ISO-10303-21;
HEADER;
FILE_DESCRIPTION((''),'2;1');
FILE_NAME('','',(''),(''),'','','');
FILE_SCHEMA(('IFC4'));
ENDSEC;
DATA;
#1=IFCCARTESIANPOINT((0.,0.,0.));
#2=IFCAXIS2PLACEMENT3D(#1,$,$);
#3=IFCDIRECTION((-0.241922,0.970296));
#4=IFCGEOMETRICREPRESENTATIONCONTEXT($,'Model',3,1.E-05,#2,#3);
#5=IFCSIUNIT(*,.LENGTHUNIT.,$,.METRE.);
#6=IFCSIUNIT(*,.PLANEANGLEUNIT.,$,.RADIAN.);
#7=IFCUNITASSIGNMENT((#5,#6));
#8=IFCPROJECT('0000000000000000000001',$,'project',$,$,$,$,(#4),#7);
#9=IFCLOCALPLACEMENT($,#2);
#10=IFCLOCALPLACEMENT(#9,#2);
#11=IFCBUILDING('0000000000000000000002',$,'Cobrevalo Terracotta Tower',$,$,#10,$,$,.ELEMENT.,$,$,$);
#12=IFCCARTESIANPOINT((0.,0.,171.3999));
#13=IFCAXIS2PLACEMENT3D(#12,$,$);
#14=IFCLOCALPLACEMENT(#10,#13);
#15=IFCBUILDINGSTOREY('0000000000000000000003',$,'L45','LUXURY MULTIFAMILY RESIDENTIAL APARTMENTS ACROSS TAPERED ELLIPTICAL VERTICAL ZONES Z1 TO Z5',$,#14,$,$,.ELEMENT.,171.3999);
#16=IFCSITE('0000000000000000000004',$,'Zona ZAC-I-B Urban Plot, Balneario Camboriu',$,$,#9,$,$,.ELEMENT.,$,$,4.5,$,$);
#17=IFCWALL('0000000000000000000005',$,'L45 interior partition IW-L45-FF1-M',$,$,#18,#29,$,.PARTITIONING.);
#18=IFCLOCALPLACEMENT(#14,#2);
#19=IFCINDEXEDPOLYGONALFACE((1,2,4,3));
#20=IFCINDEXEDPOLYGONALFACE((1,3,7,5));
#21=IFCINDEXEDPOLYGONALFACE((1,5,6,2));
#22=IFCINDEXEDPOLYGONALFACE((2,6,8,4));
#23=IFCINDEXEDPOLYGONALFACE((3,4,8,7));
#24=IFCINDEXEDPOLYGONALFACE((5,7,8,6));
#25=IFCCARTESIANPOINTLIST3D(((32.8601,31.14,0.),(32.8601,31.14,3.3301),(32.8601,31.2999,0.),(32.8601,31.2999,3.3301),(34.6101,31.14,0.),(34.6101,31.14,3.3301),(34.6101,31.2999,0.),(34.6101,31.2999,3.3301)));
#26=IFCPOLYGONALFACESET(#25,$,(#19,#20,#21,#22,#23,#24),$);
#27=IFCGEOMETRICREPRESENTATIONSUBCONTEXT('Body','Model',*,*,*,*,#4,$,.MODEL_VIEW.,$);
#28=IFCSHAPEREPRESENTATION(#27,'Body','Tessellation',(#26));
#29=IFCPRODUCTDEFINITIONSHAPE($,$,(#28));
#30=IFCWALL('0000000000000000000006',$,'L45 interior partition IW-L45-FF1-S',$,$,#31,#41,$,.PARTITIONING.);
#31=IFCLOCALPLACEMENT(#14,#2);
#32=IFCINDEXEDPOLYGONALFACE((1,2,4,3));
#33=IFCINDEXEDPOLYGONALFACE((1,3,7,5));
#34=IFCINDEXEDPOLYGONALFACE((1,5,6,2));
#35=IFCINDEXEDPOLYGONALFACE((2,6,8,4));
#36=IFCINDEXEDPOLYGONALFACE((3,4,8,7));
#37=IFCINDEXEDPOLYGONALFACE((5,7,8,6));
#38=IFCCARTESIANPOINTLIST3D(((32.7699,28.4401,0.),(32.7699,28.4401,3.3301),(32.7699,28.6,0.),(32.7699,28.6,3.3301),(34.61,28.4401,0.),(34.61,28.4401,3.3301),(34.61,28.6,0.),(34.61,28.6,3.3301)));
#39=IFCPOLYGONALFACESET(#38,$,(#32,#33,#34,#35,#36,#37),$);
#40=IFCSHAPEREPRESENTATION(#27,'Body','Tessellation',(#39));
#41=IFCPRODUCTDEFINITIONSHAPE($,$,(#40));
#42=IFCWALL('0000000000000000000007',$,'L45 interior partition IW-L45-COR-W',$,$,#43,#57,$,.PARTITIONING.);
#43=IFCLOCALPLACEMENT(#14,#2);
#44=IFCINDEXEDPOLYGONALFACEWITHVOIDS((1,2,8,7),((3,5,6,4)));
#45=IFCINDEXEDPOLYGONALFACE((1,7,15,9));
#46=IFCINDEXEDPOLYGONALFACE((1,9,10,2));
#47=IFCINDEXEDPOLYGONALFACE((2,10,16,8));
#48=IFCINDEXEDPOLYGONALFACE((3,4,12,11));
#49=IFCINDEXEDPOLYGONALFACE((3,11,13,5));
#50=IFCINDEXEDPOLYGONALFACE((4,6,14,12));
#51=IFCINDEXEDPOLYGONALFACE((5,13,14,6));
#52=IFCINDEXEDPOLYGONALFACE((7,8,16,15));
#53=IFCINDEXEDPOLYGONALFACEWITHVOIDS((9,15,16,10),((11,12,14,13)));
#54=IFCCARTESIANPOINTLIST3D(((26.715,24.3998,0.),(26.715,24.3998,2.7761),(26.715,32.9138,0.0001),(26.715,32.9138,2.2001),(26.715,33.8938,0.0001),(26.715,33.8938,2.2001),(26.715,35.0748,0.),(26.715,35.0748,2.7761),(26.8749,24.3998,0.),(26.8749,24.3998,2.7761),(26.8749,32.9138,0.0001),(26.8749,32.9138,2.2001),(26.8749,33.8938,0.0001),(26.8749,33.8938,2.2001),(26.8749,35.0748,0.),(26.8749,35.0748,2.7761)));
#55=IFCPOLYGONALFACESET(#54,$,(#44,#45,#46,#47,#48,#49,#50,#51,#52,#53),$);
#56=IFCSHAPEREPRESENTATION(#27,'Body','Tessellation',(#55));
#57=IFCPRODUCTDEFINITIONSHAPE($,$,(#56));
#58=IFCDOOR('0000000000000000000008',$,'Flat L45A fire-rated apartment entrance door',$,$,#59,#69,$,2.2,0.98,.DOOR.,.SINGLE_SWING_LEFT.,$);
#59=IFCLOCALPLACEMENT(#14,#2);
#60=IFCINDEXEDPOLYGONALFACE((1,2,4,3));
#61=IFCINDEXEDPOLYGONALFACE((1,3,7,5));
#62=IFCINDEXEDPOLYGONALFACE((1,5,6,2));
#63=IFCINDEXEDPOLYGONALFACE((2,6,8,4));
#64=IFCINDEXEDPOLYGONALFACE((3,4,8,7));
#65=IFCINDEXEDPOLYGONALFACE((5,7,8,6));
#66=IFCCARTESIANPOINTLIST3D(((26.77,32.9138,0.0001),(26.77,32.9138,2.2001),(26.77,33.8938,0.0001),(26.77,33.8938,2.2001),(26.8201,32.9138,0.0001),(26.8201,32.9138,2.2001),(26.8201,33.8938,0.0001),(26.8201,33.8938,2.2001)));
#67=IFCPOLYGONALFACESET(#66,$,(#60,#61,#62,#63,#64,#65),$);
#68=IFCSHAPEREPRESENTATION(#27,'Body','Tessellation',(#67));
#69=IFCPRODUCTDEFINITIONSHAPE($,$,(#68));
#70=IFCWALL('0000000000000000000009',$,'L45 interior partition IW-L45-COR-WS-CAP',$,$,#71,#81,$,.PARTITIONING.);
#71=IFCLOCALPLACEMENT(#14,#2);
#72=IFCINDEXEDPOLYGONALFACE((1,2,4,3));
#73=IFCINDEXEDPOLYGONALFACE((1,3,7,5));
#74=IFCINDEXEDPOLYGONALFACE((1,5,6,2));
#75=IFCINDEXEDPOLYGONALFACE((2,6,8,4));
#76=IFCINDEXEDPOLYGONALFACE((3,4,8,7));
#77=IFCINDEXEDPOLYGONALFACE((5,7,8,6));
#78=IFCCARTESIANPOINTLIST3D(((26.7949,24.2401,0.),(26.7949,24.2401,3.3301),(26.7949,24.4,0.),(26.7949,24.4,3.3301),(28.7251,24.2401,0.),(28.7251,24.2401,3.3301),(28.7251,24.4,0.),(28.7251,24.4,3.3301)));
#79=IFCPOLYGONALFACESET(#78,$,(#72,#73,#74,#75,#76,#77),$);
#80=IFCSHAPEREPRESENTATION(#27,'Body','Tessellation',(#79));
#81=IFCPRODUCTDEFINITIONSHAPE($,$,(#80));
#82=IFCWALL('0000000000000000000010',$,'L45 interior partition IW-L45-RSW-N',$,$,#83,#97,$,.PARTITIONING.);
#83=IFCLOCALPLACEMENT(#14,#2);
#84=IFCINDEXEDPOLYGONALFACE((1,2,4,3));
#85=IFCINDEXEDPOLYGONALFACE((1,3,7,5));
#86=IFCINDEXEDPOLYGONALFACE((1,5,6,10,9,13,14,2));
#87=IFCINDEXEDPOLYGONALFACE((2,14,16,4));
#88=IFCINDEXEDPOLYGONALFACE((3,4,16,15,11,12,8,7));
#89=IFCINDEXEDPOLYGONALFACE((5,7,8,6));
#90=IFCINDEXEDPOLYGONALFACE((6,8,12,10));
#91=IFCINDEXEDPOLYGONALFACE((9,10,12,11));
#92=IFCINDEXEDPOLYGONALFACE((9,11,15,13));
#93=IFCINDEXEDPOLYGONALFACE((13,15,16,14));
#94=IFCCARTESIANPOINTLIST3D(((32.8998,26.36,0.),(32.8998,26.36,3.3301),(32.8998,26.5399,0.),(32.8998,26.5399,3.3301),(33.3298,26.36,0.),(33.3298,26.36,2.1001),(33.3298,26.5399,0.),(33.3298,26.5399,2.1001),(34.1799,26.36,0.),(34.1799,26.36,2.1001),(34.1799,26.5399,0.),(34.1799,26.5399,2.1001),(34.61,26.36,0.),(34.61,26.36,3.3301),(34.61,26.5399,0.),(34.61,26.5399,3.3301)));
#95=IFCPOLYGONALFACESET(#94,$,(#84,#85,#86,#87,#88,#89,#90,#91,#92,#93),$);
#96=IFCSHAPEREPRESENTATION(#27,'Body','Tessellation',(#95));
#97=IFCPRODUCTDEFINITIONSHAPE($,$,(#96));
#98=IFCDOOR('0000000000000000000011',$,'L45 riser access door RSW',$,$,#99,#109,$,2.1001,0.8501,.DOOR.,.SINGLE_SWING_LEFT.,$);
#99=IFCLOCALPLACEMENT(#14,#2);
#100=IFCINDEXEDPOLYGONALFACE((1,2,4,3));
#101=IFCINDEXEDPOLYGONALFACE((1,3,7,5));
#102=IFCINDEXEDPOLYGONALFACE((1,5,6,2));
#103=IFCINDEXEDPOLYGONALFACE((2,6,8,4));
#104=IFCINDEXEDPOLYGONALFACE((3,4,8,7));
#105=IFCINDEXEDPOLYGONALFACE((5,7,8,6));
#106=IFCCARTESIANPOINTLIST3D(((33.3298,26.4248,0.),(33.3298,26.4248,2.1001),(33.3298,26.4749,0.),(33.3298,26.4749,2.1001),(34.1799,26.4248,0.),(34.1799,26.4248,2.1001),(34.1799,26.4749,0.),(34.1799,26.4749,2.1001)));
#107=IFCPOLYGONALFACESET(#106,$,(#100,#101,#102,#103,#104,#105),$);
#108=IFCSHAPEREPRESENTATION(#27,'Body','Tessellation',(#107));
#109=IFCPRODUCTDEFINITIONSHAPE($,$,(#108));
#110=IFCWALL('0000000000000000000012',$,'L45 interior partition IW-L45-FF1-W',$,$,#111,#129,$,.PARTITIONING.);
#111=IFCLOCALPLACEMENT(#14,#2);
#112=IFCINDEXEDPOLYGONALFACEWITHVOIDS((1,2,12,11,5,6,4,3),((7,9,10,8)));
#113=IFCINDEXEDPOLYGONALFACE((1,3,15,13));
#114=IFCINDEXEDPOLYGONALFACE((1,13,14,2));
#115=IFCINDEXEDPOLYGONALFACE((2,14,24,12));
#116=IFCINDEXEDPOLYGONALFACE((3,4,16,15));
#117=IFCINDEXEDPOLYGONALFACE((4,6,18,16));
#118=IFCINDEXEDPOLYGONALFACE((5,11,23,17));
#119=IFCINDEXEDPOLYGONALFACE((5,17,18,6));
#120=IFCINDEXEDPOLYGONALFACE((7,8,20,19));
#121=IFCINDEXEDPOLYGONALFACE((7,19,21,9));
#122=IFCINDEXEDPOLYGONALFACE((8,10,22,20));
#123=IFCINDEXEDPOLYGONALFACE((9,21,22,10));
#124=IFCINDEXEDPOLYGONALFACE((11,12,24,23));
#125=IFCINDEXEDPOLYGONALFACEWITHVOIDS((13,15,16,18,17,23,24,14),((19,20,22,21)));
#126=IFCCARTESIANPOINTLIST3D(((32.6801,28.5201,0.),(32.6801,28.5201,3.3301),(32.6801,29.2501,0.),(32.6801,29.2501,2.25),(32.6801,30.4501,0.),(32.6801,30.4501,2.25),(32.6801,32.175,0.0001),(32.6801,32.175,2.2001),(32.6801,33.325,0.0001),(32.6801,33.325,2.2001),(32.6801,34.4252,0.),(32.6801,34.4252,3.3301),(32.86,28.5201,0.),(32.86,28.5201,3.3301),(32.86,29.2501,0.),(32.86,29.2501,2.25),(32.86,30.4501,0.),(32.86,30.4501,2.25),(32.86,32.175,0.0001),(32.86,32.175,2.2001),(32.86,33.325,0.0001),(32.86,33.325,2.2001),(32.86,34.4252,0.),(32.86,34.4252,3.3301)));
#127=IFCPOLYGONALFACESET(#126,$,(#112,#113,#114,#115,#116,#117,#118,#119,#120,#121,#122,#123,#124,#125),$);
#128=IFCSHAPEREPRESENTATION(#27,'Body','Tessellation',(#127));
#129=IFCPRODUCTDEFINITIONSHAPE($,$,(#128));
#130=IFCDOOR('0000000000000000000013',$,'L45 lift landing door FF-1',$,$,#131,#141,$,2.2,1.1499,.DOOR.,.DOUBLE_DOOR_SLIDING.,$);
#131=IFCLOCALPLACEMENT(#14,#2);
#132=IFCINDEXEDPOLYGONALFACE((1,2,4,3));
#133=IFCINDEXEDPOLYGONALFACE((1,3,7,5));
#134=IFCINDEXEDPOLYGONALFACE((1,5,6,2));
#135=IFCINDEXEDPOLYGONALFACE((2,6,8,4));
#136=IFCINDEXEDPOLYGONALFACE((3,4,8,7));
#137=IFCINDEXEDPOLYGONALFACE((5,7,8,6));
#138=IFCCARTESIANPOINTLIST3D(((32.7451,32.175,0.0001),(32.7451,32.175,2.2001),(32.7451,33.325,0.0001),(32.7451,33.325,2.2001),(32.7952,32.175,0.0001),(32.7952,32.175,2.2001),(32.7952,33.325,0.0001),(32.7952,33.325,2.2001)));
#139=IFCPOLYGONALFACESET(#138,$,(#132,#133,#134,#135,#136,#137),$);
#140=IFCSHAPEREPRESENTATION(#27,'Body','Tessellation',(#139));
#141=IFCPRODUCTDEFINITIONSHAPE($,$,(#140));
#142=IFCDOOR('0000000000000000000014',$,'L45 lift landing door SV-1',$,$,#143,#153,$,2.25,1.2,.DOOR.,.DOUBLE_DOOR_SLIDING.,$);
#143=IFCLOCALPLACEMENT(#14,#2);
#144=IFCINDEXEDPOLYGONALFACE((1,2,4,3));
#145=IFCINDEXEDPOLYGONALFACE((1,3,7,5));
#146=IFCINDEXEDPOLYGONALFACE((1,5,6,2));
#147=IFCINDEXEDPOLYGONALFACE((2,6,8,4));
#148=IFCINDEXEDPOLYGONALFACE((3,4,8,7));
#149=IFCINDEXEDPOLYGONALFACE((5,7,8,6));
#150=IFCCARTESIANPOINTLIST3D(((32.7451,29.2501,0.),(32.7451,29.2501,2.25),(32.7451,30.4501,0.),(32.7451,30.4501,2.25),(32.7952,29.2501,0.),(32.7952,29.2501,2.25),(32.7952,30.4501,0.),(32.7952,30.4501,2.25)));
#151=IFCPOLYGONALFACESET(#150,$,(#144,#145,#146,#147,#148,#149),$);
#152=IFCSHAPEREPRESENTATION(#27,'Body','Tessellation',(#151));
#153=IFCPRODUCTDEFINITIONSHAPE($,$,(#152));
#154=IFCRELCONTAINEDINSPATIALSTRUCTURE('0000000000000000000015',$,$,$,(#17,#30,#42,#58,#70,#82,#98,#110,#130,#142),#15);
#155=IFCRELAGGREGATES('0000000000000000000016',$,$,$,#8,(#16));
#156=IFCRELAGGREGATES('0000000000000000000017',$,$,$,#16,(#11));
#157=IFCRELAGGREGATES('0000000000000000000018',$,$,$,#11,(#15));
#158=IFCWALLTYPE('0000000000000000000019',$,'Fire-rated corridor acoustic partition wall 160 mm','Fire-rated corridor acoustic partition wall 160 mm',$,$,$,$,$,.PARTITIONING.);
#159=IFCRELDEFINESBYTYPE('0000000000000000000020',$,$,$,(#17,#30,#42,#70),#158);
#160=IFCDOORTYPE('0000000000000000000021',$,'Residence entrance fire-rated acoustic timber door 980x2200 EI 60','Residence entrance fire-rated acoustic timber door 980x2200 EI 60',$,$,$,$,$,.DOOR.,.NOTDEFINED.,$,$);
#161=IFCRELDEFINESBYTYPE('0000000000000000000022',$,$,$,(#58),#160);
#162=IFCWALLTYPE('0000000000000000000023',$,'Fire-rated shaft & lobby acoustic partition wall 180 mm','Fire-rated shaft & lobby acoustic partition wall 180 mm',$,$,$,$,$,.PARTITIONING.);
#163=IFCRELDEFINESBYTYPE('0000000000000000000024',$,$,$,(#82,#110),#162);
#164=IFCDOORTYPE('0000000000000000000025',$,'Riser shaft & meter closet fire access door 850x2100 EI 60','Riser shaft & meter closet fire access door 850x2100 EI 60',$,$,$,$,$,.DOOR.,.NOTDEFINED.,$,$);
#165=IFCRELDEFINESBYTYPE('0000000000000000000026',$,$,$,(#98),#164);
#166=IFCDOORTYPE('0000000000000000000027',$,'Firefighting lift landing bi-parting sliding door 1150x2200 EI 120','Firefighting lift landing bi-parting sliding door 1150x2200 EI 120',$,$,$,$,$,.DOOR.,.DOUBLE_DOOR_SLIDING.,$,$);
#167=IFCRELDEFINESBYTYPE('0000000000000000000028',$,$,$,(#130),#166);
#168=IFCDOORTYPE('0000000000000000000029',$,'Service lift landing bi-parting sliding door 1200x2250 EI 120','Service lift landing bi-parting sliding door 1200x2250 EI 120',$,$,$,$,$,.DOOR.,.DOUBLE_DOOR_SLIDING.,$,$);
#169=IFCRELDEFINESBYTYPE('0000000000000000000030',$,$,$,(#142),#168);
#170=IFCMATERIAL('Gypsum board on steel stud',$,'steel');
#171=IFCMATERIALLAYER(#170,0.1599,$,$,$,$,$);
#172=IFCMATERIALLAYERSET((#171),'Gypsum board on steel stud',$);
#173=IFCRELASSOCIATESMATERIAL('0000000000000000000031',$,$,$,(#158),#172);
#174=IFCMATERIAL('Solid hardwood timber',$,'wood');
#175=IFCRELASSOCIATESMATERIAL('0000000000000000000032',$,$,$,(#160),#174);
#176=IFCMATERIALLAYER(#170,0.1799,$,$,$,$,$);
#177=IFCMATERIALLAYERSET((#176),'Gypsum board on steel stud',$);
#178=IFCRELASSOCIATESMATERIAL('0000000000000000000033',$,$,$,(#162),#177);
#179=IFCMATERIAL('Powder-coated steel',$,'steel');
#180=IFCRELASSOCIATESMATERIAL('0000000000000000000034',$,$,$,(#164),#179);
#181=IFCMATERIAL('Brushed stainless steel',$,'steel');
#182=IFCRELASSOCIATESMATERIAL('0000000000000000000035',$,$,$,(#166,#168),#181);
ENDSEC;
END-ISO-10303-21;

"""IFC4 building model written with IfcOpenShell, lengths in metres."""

from ifc_helpers import new_model, si_unit, direction, frame, frame_2d, origin, place, context, subcontext, project, spatial, rectangle, extrude, source, transform, mapped, material, layer, layer_set, type_object, element, fill, save


model = new_model("IFC4")

# Units and contexts
model_context = context("Model", 3, precision=1e-05, world=origin(), true_north=direction((-0.241922, 0.970296)))
body_context = subcontext(model_context, "Body", "Model", "MODEL_VIEW")
ifc_project = project(units=[si_unit("LENGTHUNIT", "METRE"), si_unit("PLANEANGLEUNIT", "RADIAN")], contexts=[model_context])

# Site, building, storey
site_placement = place(None, origin())
site = spatial("IfcSite", under=ifc_project, at=site_placement, Name="Zona ZAC-I-B Urban Plot, Balneario Camboriu", CompositionType="ELEMENT", RefElevation=4.5)
building_placement = place(site_placement, origin())
building = spatial("IfcBuilding", under=site, at=building_placement, Name="Cobrevalo Terracotta Tower", CompositionType="ELEMENT")
storey_placement = place(building_placement, frame((0.0, 0.0, 171.3999)))
storey = spatial("IfcBuildingStorey", under=building, at=storey_placement, Name="L45", Description="LUXURY MULTIFAMILY RESIDENTIAL APARTMENTS ACROSS TAPERED ELLIPTICAL VERTICAL ZONES Z1 TO Z5", CompositionType="ELEMENT", Elevation=171.3999)

# Walls
ifc_material_1 = material(Name="Gypsum board on steel stud", Category="steel")
ifc_layer_1 = layer(ifc_material_1, 0.1599)
ifc_layer_set_1 = layer_set([ifc_layer_1], Name="Gypsum board on steel stud")
wall_type_1 = type_object("IfcWallType", Name="Fire-rated corridor acoustic partition wall 160 mm", Description="Fire-rated corridor acoustic partition wall 160 mm", PredefinedType="PARTITIONING", material=ifc_layer_set_1)
wall_1_placement = place(storey_placement, frame((32.8601, 31.22, 0.0), z_axis=(0.0, 0.0, 1.0), x_axis=(1.0, 0.0, 0.0)))
element("IfcWall", 1, at=wall_1_placement, inside=storey, type_object=wall_type_1, Name="L45 interior partition IW-L45-FF1-M", PredefinedType="PARTITIONING", context=body_context, shape_type="SweptSolid", body=[
    extrude(rectangle(XDim=1.75, YDim=0.1599, at=frame_2d((0.875, 0.0))), origin(), (0.0, 0.0, 1.0), 3.3301),
])
wall_2_placement = place(storey_placement, frame((32.77, 28.52, 0.0), z_axis=(0.0, 0.0, 1.0), x_axis=(1.0, 0.0, 0.0)))
element("IfcWall", 2, at=wall_2_placement, inside=storey, type_object=wall_type_1, Name="L45 interior partition IW-L45-FF1-S", PredefinedType="PARTITIONING", context=body_context, shape_type="SweptSolid", body=[
    extrude(rectangle(XDim=1.8401, YDim=0.1599, at=frame_2d((0.9199, 0.0))), origin(), (0.0, 0.0, 1.0), 3.3301),
])

# Wall, opening, door
wall_3_placement = place(storey_placement, frame((26.7949, 24.3999, 0.0), z_axis=(0.0, 0.0, 1.0), x_axis=(0.0, 1.0, 0.0)))
wall_3 = element("IfcWall", 3, at=wall_3_placement, inside=storey, type_object=wall_type_1, Name="L45 interior partition IW-L45-COR-W", PredefinedType="PARTITIONING", context=body_context, shape_type="SweptSolid", body=[
    extrude(rectangle(XDim=10.675, YDim=0.1599, at=frame_2d((5.3374, 0.0))), origin(), (0.0, 0.0, 1.0), 2.7761),
])
opening_1_placement = place(wall_3_placement, frame((8.5139, 0.0, 0.0)))
opening_1 = element("IfcOpeningElement", 4, at=opening_1_placement, cuts=wall_3, PredefinedType="OPENING", context=body_context, shape_type="SweptSolid", body=[
    extrude(rectangle(XDim=0.98, YDim=2.2, at=frame_2d((0.49, 1.1001))), frame((0.0, 0.0898, 0.0), z_axis=(0.0, -1.0, 0.0), x_axis=(1.0, 0.0, 0.0)), (0.0, 0.0, 1.0), 0.1799),
])
ifc_material_2 = material(Name="Solid hardwood timber", Category="wood")
door_type_1 = type_object("IfcDoorType", Name="Residence entrance fire-rated acoustic timber door 980x2200 EI 60", Description="Residence entrance fire-rated acoustic timber door 980x2200 EI 60", OperationType="NOTDEFINED", PredefinedType="DOOR", material=ifc_material_2)
shared_shape_1 = source(origin(), body_context, "Body", "SweptSolid", [
    extrude(rectangle(XDim=0.98, YDim=2.2, at=frame_2d((0.49, 1.1001))), frame((0.0, 0.0249, 0.0), z_axis=(0.0, -1.0, 0.0), x_axis=(1.0, 0.0, 0.0)), (0.0, 0.0, 1.0), 0.05),
])
door_1_placement = place(opening_1_placement, origin())
door_1 = element("IfcDoor", 5, at=door_1_placement, inside=storey, type_object=door_type_1, Name="Flat L45A fire-rated apartment entrance door", OperationType="SINGLE_SWING_LEFT", OverallHeight=2.2, OverallWidth=0.98, PredefinedType="DOOR", context=body_context, shape_type="MappedRepresentation", body=[
    mapped(shared_shape_1, transform((0.0, 0.0, 0.0), scale=1.0)),
])
fill(opening_1, door_1)

# Wall
wall_4_placement = place(storey_placement, frame((26.7949, 24.3201, 0.0), z_axis=(0.0, 0.0, 1.0), x_axis=(1.0, 0.0, 0.0)))
element("IfcWall", 6, at=wall_4_placement, inside=storey, type_object=wall_type_1, Name="L45 interior partition IW-L45-COR-WS-CAP", PredefinedType="PARTITIONING", context=body_context, shape_type="SweptSolid", body=[
    extrude(rectangle(XDim=1.9302, YDim=0.1599, at=frame_2d((0.9651, 0.0))), origin(), (0.0, 0.0, 1.0), 3.3301),
])

# Wall, opening, door
ifc_layer_2 = layer(ifc_material_1, 0.1799)
ifc_layer_set_2 = layer_set([ifc_layer_2], Name="Gypsum board on steel stud")
wall_type_2 = type_object("IfcWallType", Name="Fire-rated shaft & lobby acoustic partition wall 180 mm", Description="Fire-rated shaft & lobby acoustic partition wall 180 mm", PredefinedType="PARTITIONING", material=ifc_layer_set_2)
wall_5_placement = place(storey_placement, frame((32.8999, 26.45, 0.0), z_axis=(0.0, 0.0, 1.0), x_axis=(1.0, 0.0, 0.0)))
wall_5 = element("IfcWall", 7, at=wall_5_placement, inside=storey, type_object=wall_type_2, Name="L45 interior partition IW-L45-RSW-N", PredefinedType="PARTITIONING", context=body_context, shape_type="SweptSolid", body=[
    extrude(rectangle(XDim=1.7102, YDim=0.1799, at=frame_2d((0.855, 0.0))), origin(), (0.0, 0.0, 1.0), 3.3301),
])
opening_2_placement = place(wall_5_placement, frame((0.4299, 0.0, 0.0)))
opening_2 = element("IfcOpeningElement", 8, at=opening_2_placement, cuts=wall_5, PredefinedType="OPENING", context=body_context, shape_type="SweptSolid", body=[
    extrude(rectangle(XDim=0.8501, YDim=2.1001, at=frame_2d((0.425, 1.05))), frame((0.0, 0.1001, 0.0), z_axis=(0.0, -1.0, 0.0), x_axis=(1.0, 0.0, 0.0)), (0.0, 0.0, 1.0), 0.2),
])
ifc_material_3 = material(Name="Powder-coated steel", Category="steel")
door_type_2 = type_object("IfcDoorType", Name="Riser shaft & meter closet fire access door 850x2100 EI 60", Description="Riser shaft & meter closet fire access door 850x2100 EI 60", OperationType="NOTDEFINED", PredefinedType="DOOR", material=ifc_material_3)
shared_shape_2 = source(origin(), body_context, "Body", "SweptSolid", [
    extrude(rectangle(XDim=0.8501, YDim=2.1001, at=frame_2d((0.425, 1.05))), frame((0.0, 0.0249, 0.0), z_axis=(0.0, -1.0, 0.0), x_axis=(1.0, 0.0, 0.0)), (0.0, 0.0, 1.0), 0.05),
])
door_2_placement = place(opening_2_placement, origin())
door_2 = element("IfcDoor", 9, at=door_2_placement, inside=storey, type_object=door_type_2, Name="L45 riser access door RSW", OperationType="SINGLE_SWING_LEFT", OverallHeight=2.1001, OverallWidth=0.8501, PredefinedType="DOOR", context=body_context, shape_type="MappedRepresentation", body=[
    mapped(shared_shape_2, transform((0.0, 0.0, 0.0), scale=1.0)),
])
fill(opening_2, door_2)

# Wall, openings, doors
wall_6_placement = place(storey_placement, frame((32.77, 28.52, 0.0), z_axis=(0.0, 0.0, 1.0), x_axis=(0.0, 1.0, 0.0)))
wall_6 = element("IfcWall", 10, at=wall_6_placement, inside=storey, type_object=wall_type_2, Name="L45 interior partition IW-L45-FF1-W", PredefinedType="PARTITIONING", context=body_context, shape_type="SweptSolid", body=[
    extrude(rectangle(XDim=5.905, YDim=0.1799, at=frame_2d((2.9526, 0.0))), origin(), (0.0, 0.0, 1.0), 3.3301),
])
opening_3_placement = place(wall_6_placement, frame((3.655, 0.0, 0.0)))
opening_3 = element("IfcOpeningElement", 11, at=opening_3_placement, cuts=wall_6, PredefinedType="OPENING", context=body_context, shape_type="SweptSolid", body=[
    extrude(rectangle(XDim=1.1499, YDim=2.2, at=frame_2d((0.575, 1.1001))), frame((0.0, 0.1001, 0.0), z_axis=(0.0, -1.0, 0.0), x_axis=(1.0, 0.0, 0.0)), (0.0, 0.0, 1.0), 0.2),
])
opening_4_placement = place(wall_6_placement, frame((0.73, 0.0, 0.0)))
opening_4 = element("IfcOpeningElement", 12, at=opening_4_placement, cuts=wall_6, PredefinedType="OPENING", context=body_context, shape_type="SweptSolid", body=[
    extrude(rectangle(XDim=1.2, YDim=2.25, at=frame_2d((0.6001, 1.125))), frame((0.0, 0.1001, 0.0), z_axis=(0.0, -1.0, 0.0), x_axis=(1.0, 0.0, 0.0)), (0.0, 0.0, 1.0), 0.2),
])
ifc_material_4 = material(Name="Brushed stainless steel", Category="steel")
door_type_3 = type_object("IfcDoorType", Name="Firefighting lift landing bi-parting sliding door 1150x2200 EI 120", Description="Firefighting lift landing bi-parting sliding door 1150x2200 EI 120", OperationType="DOUBLE_DOOR_SLIDING", PredefinedType="DOOR", material=ifc_material_4)
shared_shape_3 = source(origin(), body_context, "Body", "SweptSolid", [
    extrude(rectangle(XDim=1.1499, YDim=2.2, at=frame_2d((0.575, 1.1001))), frame((0.0, 0.0249, 0.0), z_axis=(0.0, -1.0, 0.0), x_axis=(1.0, 0.0, 0.0)), (0.0, 0.0, 1.0), 0.05),
])
door_3_placement = place(opening_3_placement, origin())
door_3 = element("IfcDoor", 13, at=door_3_placement, inside=storey, type_object=door_type_3, Name="L45 lift landing door FF-1", OperationType="DOUBLE_DOOR_SLIDING", OverallHeight=2.2, OverallWidth=1.1499, PredefinedType="DOOR", context=body_context, shape_type="MappedRepresentation", body=[
    mapped(shared_shape_3, transform((0.0, 0.0, 0.0), scale=1.0)),
])
fill(opening_3, door_3)
door_type_4 = type_object("IfcDoorType", Name="Service lift landing bi-parting sliding door 1200x2250 EI 120", Description="Service lift landing bi-parting sliding door 1200x2250 EI 120", OperationType="DOUBLE_DOOR_SLIDING", PredefinedType="DOOR", material=ifc_material_4)
shared_shape_4 = source(origin(), body_context, "Body", "SweptSolid", [
    extrude(rectangle(XDim=1.2, YDim=2.25, at=frame_2d((0.6001, 1.125))), frame((0.0, 0.0249, 0.0), z_axis=(0.0, -1.0, 0.0), x_axis=(1.0, 0.0, 0.0)), (0.0, 0.0, 1.0), 0.05),
])
door_4_placement = place(opening_4_placement, origin())
door_4 = element("IfcDoor", 14, at=door_4_placement, inside=storey, type_object=door_type_4, Name="L45 lift landing door SV-1", OperationType="DOUBLE_DOOR_SLIDING", OverallHeight=2.25, OverallWidth=1.2, PredefinedType="DOOR", context=body_context, shape_type="MappedRepresentation", body=[
    mapped(shared_shape_4, transform((0.0, 0.0, 0.0), scale=1.0)),
])
fill(opening_4, door_4)

save(model, "model.ifc")
